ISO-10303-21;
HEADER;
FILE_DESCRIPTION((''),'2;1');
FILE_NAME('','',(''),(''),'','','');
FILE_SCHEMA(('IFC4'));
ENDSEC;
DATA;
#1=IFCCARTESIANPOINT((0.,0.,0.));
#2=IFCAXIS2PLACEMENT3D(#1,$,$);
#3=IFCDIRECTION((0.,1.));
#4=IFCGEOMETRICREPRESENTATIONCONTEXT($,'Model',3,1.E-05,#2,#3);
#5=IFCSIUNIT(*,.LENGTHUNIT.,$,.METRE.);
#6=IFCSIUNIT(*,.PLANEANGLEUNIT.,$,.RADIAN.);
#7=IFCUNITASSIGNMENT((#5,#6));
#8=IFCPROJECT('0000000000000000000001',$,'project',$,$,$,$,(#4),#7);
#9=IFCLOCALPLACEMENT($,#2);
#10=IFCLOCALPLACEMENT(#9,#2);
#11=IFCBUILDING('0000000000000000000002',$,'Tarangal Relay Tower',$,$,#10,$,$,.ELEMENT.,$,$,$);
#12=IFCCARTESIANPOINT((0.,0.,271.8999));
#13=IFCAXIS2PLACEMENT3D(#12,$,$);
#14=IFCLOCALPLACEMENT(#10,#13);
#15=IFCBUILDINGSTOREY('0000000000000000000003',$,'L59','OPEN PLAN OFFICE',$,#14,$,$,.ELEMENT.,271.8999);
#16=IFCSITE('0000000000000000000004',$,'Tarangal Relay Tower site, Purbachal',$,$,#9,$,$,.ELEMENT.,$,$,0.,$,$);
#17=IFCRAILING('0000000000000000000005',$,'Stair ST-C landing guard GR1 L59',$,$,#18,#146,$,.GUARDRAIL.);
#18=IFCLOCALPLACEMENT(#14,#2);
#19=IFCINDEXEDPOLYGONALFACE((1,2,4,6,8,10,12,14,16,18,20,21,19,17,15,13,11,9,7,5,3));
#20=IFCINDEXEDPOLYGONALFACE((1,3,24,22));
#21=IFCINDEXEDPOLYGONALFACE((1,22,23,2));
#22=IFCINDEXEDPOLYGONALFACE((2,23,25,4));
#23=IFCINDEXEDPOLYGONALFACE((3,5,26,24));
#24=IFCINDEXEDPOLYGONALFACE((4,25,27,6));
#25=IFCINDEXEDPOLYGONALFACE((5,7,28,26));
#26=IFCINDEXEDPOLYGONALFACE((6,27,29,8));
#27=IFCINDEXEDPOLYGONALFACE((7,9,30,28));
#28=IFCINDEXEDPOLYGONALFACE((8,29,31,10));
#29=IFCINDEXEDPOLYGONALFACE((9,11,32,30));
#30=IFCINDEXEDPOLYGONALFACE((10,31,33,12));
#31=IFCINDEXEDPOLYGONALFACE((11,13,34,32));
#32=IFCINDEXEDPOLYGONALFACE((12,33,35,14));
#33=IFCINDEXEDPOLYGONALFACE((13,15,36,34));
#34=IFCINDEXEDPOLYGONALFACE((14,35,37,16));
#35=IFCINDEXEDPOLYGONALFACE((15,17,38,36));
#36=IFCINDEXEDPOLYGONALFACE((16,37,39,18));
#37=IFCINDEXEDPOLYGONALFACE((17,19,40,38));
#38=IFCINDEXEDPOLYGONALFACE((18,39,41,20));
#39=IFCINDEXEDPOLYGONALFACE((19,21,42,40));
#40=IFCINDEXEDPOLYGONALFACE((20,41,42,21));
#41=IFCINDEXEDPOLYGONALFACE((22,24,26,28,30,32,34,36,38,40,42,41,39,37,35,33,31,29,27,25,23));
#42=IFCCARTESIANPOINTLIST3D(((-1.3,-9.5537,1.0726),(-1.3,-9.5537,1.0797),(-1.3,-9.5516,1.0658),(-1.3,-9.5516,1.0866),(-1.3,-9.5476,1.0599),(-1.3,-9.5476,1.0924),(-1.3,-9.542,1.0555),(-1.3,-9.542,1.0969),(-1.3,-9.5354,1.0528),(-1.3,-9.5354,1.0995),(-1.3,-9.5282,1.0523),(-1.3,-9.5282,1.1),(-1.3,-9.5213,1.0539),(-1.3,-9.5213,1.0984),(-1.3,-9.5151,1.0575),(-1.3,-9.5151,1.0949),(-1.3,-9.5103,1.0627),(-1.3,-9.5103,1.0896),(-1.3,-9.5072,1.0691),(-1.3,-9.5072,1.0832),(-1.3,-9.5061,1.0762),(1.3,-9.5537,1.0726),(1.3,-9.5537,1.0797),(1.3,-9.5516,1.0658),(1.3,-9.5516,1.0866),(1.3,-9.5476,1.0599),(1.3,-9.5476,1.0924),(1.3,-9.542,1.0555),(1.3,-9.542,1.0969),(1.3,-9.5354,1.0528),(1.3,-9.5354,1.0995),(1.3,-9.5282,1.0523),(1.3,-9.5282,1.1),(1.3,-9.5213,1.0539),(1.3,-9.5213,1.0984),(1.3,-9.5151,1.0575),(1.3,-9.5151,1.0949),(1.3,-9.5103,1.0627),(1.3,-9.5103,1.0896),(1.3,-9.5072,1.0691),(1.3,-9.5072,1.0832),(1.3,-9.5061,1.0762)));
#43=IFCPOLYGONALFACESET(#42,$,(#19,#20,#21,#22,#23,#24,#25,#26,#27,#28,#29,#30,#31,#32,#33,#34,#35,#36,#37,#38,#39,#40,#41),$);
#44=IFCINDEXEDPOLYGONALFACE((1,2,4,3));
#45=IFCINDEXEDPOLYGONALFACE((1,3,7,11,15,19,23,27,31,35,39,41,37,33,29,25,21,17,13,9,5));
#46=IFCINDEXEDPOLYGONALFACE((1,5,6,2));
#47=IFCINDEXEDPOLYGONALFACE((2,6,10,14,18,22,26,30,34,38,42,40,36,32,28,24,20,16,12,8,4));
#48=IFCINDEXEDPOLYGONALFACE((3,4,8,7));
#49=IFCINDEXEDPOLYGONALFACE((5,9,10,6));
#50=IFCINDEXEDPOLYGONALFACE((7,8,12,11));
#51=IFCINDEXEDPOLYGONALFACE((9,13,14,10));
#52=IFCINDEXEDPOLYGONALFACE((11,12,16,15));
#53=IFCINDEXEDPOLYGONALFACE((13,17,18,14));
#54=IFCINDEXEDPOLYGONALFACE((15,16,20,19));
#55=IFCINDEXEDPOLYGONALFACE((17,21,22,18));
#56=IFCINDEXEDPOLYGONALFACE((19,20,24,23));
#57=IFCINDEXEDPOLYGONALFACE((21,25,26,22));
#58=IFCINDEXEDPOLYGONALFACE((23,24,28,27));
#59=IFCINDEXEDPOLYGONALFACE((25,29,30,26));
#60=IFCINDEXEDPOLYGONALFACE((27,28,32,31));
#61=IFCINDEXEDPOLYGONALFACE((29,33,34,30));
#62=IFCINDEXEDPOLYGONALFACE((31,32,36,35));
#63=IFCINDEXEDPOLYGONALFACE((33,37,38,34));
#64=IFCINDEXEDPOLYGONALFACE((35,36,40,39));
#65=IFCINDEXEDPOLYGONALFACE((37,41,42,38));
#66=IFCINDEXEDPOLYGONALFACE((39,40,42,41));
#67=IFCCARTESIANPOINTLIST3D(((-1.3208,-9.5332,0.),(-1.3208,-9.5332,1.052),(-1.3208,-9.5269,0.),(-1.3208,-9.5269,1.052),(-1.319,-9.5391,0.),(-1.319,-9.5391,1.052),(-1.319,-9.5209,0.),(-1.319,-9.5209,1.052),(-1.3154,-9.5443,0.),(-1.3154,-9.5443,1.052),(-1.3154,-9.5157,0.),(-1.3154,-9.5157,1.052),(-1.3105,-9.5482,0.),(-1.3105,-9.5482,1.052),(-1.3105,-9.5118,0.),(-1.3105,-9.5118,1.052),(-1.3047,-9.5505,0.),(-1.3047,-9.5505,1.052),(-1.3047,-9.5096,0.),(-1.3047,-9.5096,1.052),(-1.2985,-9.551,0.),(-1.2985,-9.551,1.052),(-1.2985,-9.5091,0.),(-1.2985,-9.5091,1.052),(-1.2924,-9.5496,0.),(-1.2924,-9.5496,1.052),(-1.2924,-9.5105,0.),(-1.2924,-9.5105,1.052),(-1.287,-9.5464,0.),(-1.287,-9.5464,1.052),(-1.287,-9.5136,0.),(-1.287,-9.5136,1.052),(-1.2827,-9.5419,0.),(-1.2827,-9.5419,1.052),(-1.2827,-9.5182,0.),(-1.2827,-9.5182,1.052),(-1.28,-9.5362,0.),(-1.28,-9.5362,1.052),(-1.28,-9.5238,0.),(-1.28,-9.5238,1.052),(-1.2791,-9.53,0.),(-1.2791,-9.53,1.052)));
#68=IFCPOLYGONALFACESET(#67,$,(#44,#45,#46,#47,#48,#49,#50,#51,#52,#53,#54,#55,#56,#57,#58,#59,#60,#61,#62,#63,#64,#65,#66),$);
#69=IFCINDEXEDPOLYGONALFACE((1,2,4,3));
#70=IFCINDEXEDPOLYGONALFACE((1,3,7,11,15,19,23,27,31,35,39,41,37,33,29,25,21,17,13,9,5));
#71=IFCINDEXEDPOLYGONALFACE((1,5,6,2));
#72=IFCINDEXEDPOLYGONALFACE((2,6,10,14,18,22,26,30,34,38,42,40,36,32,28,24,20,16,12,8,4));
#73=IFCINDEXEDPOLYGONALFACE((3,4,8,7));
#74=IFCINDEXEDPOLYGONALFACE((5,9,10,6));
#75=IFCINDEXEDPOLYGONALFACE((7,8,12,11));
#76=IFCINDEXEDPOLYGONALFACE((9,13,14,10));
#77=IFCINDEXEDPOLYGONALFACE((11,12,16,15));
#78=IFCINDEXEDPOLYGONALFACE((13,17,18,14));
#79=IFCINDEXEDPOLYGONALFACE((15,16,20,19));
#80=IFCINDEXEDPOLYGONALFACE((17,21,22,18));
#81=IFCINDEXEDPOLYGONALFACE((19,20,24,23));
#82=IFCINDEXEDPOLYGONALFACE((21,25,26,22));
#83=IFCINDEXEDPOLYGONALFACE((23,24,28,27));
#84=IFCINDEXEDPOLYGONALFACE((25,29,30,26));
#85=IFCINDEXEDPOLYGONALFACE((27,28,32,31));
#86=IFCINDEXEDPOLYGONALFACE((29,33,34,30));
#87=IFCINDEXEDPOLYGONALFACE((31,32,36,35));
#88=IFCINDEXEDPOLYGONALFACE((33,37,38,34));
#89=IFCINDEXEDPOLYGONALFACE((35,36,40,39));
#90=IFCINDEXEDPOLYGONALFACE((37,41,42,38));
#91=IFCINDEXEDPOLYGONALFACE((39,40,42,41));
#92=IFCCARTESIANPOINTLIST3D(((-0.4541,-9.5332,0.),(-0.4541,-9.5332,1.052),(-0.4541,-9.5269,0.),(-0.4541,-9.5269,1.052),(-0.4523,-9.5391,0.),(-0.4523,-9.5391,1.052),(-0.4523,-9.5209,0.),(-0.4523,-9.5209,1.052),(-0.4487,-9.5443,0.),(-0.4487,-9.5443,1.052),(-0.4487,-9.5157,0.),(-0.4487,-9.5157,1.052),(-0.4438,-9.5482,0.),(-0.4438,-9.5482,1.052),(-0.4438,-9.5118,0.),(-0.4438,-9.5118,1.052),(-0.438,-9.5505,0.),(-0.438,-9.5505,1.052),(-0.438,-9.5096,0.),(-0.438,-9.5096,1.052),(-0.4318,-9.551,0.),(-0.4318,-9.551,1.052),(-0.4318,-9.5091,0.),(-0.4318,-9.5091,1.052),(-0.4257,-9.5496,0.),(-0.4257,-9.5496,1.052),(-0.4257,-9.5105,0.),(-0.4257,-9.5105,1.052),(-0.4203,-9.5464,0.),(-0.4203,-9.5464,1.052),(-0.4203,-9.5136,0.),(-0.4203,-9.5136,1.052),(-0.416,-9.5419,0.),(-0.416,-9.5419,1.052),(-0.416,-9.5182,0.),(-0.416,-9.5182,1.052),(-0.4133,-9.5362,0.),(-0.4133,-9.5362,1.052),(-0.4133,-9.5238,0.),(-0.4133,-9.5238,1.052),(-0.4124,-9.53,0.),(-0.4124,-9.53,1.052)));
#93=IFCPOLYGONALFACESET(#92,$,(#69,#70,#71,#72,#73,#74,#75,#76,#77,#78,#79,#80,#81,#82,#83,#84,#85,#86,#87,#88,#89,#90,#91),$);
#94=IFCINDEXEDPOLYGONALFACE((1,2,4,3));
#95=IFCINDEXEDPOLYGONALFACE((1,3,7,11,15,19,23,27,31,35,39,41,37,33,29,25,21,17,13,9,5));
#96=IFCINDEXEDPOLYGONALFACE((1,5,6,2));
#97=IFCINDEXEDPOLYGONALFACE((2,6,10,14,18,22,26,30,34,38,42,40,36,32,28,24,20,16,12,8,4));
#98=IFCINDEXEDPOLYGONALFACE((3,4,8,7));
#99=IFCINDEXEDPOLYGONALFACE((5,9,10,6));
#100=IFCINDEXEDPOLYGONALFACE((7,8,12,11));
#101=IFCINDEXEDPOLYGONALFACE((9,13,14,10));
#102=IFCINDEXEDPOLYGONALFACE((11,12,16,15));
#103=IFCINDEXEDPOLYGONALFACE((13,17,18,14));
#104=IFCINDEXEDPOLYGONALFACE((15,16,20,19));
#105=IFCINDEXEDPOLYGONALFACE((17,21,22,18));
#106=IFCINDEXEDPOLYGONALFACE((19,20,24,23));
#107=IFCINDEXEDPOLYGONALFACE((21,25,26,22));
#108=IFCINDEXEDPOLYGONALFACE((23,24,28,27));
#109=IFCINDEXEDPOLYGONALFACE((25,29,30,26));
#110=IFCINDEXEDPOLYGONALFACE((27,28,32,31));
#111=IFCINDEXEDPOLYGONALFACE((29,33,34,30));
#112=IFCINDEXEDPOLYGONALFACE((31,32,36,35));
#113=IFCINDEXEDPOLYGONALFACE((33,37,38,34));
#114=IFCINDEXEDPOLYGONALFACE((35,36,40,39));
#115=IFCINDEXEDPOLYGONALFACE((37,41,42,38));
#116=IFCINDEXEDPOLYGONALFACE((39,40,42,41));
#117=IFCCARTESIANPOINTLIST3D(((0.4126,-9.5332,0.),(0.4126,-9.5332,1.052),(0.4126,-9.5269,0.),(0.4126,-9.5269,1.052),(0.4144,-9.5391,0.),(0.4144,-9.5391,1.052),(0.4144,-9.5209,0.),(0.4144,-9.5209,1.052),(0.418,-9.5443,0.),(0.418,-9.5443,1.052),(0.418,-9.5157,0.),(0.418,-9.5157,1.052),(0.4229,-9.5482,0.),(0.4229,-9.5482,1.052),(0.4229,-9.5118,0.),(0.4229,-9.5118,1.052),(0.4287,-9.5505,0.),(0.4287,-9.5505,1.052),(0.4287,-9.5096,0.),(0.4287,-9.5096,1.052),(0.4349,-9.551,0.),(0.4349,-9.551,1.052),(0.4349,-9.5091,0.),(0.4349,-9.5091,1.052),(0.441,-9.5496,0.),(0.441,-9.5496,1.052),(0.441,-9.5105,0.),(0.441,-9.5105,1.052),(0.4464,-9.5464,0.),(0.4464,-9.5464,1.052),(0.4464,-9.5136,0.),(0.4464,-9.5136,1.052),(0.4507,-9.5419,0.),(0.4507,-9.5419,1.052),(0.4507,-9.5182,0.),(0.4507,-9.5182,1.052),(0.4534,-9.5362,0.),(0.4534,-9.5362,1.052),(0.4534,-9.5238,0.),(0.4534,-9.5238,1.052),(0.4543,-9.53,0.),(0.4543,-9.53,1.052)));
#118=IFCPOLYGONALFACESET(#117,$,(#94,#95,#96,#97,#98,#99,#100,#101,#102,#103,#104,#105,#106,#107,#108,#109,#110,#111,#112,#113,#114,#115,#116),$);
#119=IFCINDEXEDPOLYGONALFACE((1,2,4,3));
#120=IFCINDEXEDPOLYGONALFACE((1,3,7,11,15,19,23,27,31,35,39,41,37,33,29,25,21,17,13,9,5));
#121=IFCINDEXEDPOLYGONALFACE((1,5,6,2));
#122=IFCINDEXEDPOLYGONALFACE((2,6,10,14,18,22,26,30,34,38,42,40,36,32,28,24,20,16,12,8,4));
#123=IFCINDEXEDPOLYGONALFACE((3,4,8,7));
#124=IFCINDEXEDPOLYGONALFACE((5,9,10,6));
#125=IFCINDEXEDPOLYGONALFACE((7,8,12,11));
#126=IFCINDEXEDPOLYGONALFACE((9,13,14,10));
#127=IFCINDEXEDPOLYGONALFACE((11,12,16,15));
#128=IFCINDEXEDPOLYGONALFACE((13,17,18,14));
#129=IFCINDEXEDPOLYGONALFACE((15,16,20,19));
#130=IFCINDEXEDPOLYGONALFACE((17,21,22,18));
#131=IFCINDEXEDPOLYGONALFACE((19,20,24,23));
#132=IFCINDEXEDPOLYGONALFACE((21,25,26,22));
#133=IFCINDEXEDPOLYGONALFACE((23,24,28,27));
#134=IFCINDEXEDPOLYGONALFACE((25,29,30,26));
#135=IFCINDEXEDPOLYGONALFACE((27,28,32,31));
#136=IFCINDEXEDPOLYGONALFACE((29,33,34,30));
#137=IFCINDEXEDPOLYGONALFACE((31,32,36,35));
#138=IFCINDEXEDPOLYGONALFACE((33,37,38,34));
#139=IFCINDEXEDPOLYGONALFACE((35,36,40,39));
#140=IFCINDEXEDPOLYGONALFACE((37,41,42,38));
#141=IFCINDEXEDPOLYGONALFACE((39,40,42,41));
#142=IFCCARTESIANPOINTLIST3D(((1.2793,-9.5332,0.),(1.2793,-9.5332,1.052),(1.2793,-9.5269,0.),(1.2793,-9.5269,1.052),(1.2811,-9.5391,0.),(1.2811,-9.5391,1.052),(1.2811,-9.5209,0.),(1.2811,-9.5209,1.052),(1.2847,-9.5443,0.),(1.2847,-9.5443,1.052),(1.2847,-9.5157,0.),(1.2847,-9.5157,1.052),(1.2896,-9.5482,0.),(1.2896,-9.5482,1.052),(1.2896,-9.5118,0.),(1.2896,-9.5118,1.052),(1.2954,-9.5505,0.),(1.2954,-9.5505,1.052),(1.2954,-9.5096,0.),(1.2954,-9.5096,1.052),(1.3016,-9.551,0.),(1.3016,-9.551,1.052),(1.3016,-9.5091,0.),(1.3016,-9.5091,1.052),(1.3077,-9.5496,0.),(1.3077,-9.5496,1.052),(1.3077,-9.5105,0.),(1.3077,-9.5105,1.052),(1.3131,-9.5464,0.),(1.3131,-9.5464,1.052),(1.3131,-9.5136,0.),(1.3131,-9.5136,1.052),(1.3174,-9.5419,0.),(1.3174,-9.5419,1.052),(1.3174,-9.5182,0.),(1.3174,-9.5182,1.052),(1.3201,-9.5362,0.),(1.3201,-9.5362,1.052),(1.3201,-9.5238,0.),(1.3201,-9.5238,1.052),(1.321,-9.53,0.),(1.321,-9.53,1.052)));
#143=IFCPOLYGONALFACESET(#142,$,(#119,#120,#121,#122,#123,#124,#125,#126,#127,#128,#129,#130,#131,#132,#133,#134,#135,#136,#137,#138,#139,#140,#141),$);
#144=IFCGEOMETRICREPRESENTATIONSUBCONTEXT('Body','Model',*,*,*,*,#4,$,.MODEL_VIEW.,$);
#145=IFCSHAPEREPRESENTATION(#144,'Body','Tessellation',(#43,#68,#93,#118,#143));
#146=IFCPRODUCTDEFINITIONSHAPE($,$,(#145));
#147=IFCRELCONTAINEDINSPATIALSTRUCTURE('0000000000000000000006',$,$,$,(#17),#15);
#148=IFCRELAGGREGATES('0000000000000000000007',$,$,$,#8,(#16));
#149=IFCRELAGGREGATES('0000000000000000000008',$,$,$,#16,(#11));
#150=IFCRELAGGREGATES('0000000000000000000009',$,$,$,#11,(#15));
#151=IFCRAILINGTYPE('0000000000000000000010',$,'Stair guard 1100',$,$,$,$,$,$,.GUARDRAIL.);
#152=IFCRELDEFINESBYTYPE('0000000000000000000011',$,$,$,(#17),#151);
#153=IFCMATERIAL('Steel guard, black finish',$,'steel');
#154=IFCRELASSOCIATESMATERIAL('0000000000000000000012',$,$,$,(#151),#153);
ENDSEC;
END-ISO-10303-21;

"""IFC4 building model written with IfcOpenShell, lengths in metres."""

from ifc_helpers import new_model, si_unit, direction, frame, origin, origin_2d, place, context, subcontext, project, spatial, circle, extrude, material, type_object, element, save


model = new_model("IFC4")

# Units and contexts
model_context = context("Model", 3, precision=1e-05, world=origin(), true_north=direction((0.0, 1.0)))
body_context = subcontext(model_context, "Body", "Model", "MODEL_VIEW")
ifc_project = project(units=[si_unit("LENGTHUNIT", "METRE"), si_unit("PLANEANGLEUNIT", "RADIAN")], contexts=[model_context])

# Site, building, storey
site_placement = place(None, origin())
site = spatial("IfcSite", under=ifc_project, at=site_placement, Name="Tarangal Relay Tower site, Purbachal", CompositionType="ELEMENT", RefElevation=0.0)
building_placement = place(site_placement, origin())
building = spatial("IfcBuilding", under=site, at=building_placement, Name="Tarangal Relay Tower", CompositionType="ELEMENT")
storey_placement = place(building_placement, frame((0.0, 0.0, 271.8999)))
storey = spatial("IfcBuildingStorey", under=building, at=storey_placement, Name="L59", Description="OPEN PLAN OFFICE", CompositionType="ELEMENT", Elevation=271.8999)

# Railing
ifc_material_1 = material(Name="Steel guard, black finish", Category="steel")
railing_type_1 = type_object("IfcRailingType", Name="Stair guard 1100", PredefinedType="GUARDRAIL", material=ifc_material_1)
railing_1_placement = place(storey_placement, frame((-1.3, -9.53, 0.0)))
element("IfcRailing", 1, at=railing_1_placement, inside=storey, type_object=railing_type_1, Name="Stair ST-C landing guard GR1 L59", PredefinedType="GUARDRAIL", context=body_context, shape_type="SweptSolid", body=[
    extrude(circle(Radius=0.0239, at=origin_2d()), frame((0.0, 0.0, 1.0762), z_axis=(1.0, 0.0, 0.0), x_axis=(0.0, 1.0, 0.0)), (0.0, 0.0, 1.0), 2.6001),
    extrude(circle(Radius=0.021, at=origin_2d()), origin(), (0.0, 0.0, 1.0), 1.052),
    extrude(circle(Radius=0.021, at=origin_2d()), frame((0.8667, 0.0, 0.0)), (0.0, 0.0, 1.0), 1.052),
    extrude(circle(Radius=0.021, at=origin_2d()), frame((1.7334, 0.0, 0.0)), (0.0, 0.0, 1.0), 1.052),
    extrude(circle(Radius=0.021, at=origin_2d()), frame((2.6001, 0.0, 0.0)), (0.0, 0.0, 1.0), 1.052),
])

save(model, "model.ifc")
